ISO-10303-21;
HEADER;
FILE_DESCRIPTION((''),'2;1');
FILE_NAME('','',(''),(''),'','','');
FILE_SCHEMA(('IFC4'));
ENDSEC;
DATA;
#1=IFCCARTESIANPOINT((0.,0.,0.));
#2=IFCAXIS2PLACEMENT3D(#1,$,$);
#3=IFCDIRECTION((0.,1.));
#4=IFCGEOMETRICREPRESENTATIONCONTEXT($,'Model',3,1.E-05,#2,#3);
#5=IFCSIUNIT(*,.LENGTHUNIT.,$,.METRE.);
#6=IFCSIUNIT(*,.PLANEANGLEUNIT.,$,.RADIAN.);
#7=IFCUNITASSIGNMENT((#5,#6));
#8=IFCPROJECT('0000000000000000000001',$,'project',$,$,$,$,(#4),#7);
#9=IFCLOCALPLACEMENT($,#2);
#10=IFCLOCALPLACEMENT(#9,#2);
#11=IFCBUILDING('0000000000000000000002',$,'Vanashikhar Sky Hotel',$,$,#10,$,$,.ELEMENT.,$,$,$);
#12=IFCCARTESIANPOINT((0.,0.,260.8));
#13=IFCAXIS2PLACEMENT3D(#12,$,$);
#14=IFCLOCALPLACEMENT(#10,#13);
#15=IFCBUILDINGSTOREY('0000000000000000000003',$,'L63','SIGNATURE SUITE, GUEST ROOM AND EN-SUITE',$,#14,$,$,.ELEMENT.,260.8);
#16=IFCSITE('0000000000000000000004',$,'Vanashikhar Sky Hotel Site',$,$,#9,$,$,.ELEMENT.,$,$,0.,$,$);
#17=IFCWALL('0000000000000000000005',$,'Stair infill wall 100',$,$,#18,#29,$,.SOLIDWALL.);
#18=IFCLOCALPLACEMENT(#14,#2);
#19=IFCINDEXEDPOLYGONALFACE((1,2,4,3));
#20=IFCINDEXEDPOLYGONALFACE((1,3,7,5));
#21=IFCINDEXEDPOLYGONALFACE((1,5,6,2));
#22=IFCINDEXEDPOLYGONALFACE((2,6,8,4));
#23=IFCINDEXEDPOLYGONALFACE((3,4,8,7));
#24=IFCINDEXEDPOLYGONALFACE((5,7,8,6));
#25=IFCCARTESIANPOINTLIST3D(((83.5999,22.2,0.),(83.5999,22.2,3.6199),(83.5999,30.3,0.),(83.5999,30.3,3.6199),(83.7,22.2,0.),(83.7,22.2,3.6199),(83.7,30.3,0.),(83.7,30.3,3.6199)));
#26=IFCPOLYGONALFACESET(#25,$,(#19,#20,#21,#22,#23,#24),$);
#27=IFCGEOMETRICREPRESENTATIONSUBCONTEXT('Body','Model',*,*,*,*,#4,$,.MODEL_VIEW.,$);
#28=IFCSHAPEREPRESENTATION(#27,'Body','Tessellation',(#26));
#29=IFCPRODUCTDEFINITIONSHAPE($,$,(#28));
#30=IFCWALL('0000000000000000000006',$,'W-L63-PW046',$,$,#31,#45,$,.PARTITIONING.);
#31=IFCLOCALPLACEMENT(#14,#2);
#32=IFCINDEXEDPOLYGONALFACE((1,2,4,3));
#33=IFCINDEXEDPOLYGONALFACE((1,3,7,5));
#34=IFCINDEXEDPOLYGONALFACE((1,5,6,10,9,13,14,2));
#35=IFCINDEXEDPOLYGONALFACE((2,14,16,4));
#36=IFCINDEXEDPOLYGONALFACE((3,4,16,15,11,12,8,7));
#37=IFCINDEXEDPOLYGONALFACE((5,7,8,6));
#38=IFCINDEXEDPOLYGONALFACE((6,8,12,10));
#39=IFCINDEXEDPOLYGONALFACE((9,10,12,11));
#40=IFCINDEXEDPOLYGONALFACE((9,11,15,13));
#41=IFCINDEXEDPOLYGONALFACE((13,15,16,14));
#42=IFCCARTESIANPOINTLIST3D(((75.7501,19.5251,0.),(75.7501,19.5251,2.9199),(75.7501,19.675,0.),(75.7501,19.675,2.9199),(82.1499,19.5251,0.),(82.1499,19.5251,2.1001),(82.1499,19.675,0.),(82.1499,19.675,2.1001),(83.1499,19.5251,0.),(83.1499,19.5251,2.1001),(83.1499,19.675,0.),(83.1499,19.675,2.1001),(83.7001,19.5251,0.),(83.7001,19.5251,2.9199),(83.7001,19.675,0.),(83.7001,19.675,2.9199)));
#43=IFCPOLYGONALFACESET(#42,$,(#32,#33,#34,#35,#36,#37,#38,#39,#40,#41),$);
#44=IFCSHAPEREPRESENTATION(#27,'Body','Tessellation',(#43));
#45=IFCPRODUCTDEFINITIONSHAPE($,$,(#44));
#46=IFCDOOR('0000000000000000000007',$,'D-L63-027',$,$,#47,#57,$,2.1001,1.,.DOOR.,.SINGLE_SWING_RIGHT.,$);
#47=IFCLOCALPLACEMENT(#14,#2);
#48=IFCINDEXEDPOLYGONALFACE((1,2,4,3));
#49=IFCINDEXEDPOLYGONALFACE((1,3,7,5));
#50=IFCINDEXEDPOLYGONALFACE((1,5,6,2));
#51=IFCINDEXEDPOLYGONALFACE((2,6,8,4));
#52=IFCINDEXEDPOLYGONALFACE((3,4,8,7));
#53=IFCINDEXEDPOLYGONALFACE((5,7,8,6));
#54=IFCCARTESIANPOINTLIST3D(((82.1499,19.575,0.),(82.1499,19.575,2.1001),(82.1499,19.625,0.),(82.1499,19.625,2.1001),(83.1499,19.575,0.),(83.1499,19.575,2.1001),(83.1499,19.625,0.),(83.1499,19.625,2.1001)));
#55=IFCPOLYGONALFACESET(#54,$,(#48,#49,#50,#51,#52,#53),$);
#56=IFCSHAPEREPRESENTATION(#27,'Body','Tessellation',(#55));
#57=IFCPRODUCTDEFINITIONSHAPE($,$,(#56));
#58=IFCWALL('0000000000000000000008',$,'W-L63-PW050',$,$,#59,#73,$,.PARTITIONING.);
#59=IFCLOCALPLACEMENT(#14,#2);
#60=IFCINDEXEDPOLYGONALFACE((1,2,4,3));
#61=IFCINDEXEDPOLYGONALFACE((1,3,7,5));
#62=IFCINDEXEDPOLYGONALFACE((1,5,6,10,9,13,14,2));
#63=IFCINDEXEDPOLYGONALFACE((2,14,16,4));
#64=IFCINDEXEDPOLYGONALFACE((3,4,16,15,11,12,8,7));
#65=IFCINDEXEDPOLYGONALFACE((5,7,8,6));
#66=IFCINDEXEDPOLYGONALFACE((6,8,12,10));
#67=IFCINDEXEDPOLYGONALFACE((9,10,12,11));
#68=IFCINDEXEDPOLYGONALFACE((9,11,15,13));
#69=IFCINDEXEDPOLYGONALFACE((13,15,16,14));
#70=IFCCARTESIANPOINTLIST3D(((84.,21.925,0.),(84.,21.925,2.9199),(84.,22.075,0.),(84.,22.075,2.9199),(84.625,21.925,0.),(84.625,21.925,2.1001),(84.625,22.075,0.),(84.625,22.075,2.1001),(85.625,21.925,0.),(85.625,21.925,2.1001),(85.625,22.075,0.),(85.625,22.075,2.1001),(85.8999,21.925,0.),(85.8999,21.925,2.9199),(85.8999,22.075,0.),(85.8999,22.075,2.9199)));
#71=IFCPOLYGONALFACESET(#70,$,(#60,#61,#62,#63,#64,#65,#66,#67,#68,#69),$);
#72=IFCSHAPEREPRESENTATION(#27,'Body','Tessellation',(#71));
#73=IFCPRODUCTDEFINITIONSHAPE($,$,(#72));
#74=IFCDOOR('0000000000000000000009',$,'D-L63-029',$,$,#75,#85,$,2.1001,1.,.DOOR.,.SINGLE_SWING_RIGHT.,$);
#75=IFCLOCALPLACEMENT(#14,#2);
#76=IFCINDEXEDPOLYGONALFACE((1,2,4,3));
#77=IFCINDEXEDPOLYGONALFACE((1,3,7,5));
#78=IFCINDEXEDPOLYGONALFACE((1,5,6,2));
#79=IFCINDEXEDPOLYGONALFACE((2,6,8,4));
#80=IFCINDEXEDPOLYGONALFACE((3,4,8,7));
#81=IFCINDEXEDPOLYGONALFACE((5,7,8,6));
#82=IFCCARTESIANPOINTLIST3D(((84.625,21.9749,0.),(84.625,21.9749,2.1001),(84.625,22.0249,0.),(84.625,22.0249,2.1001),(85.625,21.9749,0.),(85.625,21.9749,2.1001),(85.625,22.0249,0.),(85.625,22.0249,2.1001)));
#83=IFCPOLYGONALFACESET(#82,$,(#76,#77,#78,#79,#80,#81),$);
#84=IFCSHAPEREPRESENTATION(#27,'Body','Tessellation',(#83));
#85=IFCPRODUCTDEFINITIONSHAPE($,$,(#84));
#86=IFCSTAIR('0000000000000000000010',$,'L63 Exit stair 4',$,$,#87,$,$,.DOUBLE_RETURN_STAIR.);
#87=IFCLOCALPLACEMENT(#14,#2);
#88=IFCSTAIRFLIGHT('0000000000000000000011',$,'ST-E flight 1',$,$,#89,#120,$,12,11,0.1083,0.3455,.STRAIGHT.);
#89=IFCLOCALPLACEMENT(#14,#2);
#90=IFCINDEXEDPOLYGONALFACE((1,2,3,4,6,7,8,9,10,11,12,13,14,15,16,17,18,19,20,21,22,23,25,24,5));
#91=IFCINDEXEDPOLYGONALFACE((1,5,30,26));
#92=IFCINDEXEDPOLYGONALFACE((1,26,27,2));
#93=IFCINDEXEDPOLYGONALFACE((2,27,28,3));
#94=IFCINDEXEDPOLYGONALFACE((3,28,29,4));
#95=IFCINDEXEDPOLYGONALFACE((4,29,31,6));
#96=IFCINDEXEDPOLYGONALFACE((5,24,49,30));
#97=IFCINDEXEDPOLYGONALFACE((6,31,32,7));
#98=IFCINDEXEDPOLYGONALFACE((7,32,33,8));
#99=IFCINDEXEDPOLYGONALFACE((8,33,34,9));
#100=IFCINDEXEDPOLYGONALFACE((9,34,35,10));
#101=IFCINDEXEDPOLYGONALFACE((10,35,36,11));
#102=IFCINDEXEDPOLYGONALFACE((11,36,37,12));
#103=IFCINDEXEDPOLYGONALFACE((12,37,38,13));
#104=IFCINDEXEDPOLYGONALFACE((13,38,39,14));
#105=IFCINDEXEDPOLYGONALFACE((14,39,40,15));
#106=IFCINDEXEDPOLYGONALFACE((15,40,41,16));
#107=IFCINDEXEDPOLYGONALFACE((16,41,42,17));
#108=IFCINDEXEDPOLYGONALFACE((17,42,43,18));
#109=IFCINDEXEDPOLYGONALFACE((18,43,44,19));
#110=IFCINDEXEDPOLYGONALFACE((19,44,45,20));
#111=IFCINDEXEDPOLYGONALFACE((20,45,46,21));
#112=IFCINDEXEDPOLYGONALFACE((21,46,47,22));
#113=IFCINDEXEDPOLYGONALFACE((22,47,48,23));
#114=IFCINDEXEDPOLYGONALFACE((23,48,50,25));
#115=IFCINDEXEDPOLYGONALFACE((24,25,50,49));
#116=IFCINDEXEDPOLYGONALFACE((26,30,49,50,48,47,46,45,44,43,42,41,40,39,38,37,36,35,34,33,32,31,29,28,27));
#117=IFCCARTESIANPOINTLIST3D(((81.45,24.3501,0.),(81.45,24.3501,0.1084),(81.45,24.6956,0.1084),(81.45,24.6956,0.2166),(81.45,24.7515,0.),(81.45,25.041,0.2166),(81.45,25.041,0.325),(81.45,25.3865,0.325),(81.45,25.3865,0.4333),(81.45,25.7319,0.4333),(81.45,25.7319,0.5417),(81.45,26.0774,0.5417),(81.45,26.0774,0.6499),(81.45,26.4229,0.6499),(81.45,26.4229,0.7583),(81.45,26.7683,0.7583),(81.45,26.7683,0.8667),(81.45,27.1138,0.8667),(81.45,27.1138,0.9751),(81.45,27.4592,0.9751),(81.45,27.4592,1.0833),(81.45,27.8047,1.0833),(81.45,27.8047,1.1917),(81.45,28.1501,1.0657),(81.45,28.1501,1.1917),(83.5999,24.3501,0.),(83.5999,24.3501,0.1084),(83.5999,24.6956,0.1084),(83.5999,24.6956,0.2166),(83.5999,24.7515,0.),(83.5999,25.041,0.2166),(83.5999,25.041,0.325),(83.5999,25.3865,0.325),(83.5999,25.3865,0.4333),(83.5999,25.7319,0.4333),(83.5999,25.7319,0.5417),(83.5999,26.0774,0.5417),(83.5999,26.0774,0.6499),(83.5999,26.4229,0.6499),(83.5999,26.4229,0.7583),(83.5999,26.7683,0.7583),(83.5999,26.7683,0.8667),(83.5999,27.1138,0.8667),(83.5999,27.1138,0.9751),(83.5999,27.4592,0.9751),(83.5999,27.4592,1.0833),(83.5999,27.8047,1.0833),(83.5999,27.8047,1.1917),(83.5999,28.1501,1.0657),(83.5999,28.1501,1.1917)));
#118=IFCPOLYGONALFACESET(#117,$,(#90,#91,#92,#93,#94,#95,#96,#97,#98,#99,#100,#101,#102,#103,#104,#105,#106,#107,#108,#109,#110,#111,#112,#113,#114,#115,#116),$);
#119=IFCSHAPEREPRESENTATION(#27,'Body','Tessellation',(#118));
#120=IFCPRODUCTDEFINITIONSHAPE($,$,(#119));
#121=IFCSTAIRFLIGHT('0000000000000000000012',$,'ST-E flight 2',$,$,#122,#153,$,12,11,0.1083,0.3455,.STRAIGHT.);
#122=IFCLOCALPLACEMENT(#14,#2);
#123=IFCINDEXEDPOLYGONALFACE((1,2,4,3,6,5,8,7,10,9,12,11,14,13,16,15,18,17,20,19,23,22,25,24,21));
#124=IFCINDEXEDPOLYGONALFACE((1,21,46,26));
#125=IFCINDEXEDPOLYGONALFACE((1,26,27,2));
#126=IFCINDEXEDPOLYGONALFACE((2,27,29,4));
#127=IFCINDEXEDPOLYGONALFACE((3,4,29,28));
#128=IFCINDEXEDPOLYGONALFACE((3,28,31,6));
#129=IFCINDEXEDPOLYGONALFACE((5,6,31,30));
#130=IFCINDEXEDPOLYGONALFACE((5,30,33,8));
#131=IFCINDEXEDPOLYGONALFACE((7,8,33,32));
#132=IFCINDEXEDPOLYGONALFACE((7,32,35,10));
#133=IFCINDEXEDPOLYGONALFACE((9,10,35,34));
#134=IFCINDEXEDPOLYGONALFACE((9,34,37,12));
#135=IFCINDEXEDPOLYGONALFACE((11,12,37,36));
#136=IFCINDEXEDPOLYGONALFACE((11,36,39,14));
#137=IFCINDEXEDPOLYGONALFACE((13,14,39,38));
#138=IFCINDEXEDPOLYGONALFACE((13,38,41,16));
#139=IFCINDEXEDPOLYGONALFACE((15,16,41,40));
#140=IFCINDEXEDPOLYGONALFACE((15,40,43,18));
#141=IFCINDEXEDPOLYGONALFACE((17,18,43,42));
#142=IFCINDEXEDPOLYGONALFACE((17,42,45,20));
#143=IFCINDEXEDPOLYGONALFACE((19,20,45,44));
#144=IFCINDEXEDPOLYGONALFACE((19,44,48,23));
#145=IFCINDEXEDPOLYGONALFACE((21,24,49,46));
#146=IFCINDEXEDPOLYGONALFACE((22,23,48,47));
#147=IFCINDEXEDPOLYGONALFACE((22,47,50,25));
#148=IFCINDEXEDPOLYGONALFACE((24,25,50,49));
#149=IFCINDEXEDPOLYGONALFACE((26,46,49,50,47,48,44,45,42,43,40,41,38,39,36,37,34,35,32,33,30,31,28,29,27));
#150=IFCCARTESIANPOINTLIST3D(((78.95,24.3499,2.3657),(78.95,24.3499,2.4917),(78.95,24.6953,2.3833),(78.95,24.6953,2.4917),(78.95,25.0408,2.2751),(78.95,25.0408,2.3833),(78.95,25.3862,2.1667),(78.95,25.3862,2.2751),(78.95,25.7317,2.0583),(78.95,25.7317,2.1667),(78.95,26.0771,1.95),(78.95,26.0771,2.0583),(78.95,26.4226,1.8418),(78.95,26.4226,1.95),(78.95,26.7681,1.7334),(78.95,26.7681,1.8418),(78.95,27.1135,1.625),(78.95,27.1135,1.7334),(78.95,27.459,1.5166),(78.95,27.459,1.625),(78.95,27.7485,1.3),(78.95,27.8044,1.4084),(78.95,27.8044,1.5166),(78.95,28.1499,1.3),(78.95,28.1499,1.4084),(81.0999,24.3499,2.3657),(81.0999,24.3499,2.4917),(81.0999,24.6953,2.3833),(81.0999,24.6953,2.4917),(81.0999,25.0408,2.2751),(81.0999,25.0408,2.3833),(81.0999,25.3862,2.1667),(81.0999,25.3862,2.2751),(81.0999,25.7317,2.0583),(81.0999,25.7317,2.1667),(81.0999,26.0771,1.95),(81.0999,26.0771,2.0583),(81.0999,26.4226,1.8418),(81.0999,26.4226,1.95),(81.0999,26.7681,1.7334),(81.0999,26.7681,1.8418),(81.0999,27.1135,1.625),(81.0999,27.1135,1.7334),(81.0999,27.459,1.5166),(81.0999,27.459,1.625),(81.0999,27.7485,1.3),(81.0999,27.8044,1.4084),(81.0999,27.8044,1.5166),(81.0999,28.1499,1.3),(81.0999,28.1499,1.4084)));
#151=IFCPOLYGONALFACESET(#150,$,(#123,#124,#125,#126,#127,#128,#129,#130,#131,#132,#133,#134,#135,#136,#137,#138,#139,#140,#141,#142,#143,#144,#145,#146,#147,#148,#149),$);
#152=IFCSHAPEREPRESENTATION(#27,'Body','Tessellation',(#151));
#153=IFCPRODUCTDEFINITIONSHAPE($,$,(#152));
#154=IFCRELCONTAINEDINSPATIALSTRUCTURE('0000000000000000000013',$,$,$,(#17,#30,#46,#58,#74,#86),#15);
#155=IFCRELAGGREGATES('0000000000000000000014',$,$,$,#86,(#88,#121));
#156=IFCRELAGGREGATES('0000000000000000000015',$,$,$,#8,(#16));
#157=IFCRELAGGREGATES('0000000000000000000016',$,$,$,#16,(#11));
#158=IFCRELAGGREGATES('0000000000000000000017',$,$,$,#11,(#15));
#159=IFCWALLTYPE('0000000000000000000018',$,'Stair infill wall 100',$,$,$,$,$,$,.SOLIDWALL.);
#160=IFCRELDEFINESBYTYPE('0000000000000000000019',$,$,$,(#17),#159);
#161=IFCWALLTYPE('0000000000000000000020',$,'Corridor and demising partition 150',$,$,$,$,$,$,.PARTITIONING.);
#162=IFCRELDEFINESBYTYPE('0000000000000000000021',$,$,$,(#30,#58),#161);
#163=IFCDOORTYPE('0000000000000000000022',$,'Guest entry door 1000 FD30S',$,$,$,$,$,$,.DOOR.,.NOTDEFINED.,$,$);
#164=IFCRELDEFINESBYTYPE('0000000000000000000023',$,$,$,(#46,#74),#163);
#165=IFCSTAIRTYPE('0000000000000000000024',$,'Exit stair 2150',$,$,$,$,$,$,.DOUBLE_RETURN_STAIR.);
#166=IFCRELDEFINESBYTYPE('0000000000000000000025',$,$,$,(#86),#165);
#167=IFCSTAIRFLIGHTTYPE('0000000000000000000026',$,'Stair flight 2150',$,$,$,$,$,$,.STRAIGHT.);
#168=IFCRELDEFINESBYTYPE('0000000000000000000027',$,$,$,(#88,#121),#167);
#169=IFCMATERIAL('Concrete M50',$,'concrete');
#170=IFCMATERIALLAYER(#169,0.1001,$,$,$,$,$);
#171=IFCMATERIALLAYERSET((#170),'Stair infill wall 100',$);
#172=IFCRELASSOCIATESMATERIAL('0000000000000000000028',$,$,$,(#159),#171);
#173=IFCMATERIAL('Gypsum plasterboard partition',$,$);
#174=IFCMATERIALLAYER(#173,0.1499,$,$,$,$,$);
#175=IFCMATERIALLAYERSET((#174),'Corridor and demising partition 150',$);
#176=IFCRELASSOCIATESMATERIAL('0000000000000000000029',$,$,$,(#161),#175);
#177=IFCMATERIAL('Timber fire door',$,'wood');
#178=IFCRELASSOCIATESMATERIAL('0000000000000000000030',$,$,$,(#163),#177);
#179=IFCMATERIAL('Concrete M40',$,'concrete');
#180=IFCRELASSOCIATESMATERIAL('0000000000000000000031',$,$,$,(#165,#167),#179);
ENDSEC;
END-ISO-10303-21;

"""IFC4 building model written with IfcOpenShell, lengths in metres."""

from ifc_helpers import new_model, si_unit, direction, frame, frame_2d, origin, place, context, subcontext, project, spatial, polyline, rectangle, outline, extrude, source, transform, mapped, material, layer, layer_set, type_object, element, fill, aggregate, save


model = new_model("IFC4")

# Units and contexts
model_context = context("Model", 3, precision=1e-05, world=origin(), true_north=direction((0.0, 1.0)))
body_context = subcontext(model_context, "Body", "Model", "MODEL_VIEW")
ifc_project = project(units=[si_unit("LENGTHUNIT", "METRE"), si_unit("PLANEANGLEUNIT", "RADIAN")], contexts=[model_context])

# Site, building, storey
site_placement = place(None, origin())
site = spatial("IfcSite", under=ifc_project, at=site_placement, Name="Vanashikhar Sky Hotel Site", CompositionType="ELEMENT", RefElevation=0.0)
building_placement = place(site_placement, origin())
building = spatial("IfcBuilding", under=site, at=building_placement, Name="Vanashikhar Sky Hotel", CompositionType="ELEMENT")
storey_placement = place(building_placement, frame((0.0, 0.0, 260.8)))
storey = spatial("IfcBuildingStorey", under=building, at=storey_placement, Name="L63", Description="SIGNATURE SUITE, GUEST ROOM AND EN-SUITE", CompositionType="ELEMENT", Elevation=260.8)

# Shared definitions
ifc_material_1 = material(Name="Concrete M50", Category="concrete")

# Wall
ifc_layer_1 = layer(ifc_material_1, 0.1001)
ifc_layer_set_1 = layer_set([ifc_layer_1], Name="Stair infill wall 100")
wall_type_1 = type_object("IfcWallType", Name="Stair infill wall 100", PredefinedType="SOLIDWALL", material=ifc_layer_set_1)
shared_shape_1 = source(origin(), body_context, "Body", "SweptSolid", [
    extrude(rectangle(XDim=8.1001, YDim=0.1001, at=frame_2d((4.05, 0.0))), origin(), (0.0, 0.0, 1.0), 3.6199),
])
wall_1_placement = place(storey_placement, frame((83.6499, 22.2, 0.0), z_axis=(0.0, 0.0, 1.0), x_axis=(0.0, 1.0, 0.0)))
element("IfcWall", 1, at=wall_1_placement, inside=storey, type_object=wall_type_1, Name="Stair infill wall 100", PredefinedType="SOLIDWALL", context=body_context, shape_type="MappedRepresentation", body=[
    mapped(shared_shape_1, transform((0.0, 0.0, 0.0), scale=1.0)),
])

# Walls, openings, doors
ifc_material_2 = material(Name="Gypsum plasterboard partition")
ifc_layer_2 = layer(ifc_material_2, 0.1499)
ifc_layer_set_2 = layer_set([ifc_layer_2], Name="Corridor and demising partition 150")
wall_type_2 = type_object("IfcWallType", Name="Corridor and demising partition 150", PredefinedType="PARTITIONING", material=ifc_layer_set_2)
shared_shape_2 = source(origin(), body_context, "Body", "SweptSolid", [
    extrude(rectangle(XDim=7.95, YDim=0.1499, at=frame_2d((3.9751, 0.0))), origin(), (0.0, 0.0, 1.0), 2.9199),
])
wall_2_placement = place(storey_placement, frame((75.75, 19.6001, 0.0), z_axis=(0.0, 0.0, 1.0), x_axis=(1.0, 0.0, 0.0)))
wall_2 = element("IfcWall", 2, at=wall_2_placement, inside=storey, type_object=wall_type_2, Name="W-L63-PW046", PredefinedType="PARTITIONING", context=body_context, shape_type="MappedRepresentation", body=[
    mapped(shared_shape_2, transform((0.0, 0.0, 0.0), scale=1.0)),
])
shared_shape_3 = source(origin(), body_context, "Body", "SweptSolid", [
    extrude(rectangle(XDim=1.0, YDim=2.1001, at=frame_2d((0.5, 1.05))), frame((0.0, 0.085, 0.0), z_axis=(0.0, -1.0, 0.0), x_axis=(1.0, 0.0, 0.0)), (0.0, 0.0, 1.0), 0.1699),
])
opening_1_placement = place(wall_2_placement, frame((6.3999, 0.0, 0.0)))
opening_1 = element("IfcOpeningElement", 3, at=opening_1_placement, cuts=wall_2, PredefinedType="OPENING", context=body_context, shape_type="MappedRepresentation", body=[
    mapped(shared_shape_3, transform((0.0, 0.0, 0.0), scale=1.0)),
])
ifc_material_3 = material(Name="Timber fire door", Category="wood")
door_type_1 = type_object("IfcDoorType", Name="Guest entry door 1000 FD30S", OperationType="NOTDEFINED", PredefinedType="DOOR", material=ifc_material_3)
shared_shape_4 = source(origin(), body_context, "Body", "SweptSolid", [
    extrude(rectangle(XDim=1.0, YDim=2.1001, at=frame_2d((0.5, 1.05))), frame((0.0, 0.0249, 0.0), z_axis=(0.0, -1.0, 0.0), x_axis=(1.0, 0.0, 0.0)), (0.0, 0.0, 1.0), 0.05),
])
door_1_placement = place(opening_1_placement, origin())
door_1 = element("IfcDoor", 4, at=door_1_placement, inside=storey, type_object=door_type_1, Name="D-L63-027", OperationType="SINGLE_SWING_RIGHT", OverallHeight=2.1001, OverallWidth=1.0, PredefinedType="DOOR", context=body_context, shape_type="MappedRepresentation", body=[
    mapped(shared_shape_4, transform((0.0, 0.0, 0.0), scale=1.0)),
])
fill(opening_1, door_1)
shared_shape_5 = source(origin(), body_context, "Body", "SweptSolid", [
    extrude(rectangle(XDim=1.8999, YDim=0.1499, at=frame_2d((0.95, 0.0))), origin(), (0.0, 0.0, 1.0), 2.9199),
])
wall_3_placement = place(storey_placement, frame((84.0, 22.0, 0.0), z_axis=(0.0, 0.0, 1.0), x_axis=(1.0, 0.0, 0.0)))
wall_3 = element("IfcWall", 5, at=wall_3_placement, inside=storey, type_object=wall_type_2, Name="W-L63-PW050", PredefinedType="PARTITIONING", context=body_context, shape_type="MappedRepresentation", body=[
    mapped(shared_shape_5, transform((0.0, 0.0, 0.0), scale=1.0)),
])
opening_2_placement = place(wall_3_placement, frame((0.625, 0.0, 0.0)))
opening_2 = element("IfcOpeningElement", 6, at=opening_2_placement, cuts=wall_3, PredefinedType="OPENING", context=body_context, shape_type="MappedRepresentation", body=[
    mapped(shared_shape_3, transform((0.0, 0.0, 0.0), scale=1.0)),
])
door_2_placement = place(opening_2_placement, origin())
door_2 = element("IfcDoor", 7, at=door_2_placement, inside=storey, type_object=door_type_1, Name="D-L63-029", OperationType="SINGLE_SWING_RIGHT", OverallHeight=2.1001, OverallWidth=1.0, PredefinedType="DOOR", context=body_context, shape_type="MappedRepresentation", body=[
    mapped(shared_shape_4, transform((0.0, 0.0, 0.0), scale=1.0)),
])
fill(opening_2, door_2)

# Stair, stair flights
ifc_material_4 = material(Name="Concrete M40", Category="concrete")
stair_type = type_object("IfcStairType", Name="Exit stair 2150", PredefinedType="DOUBLE_RETURN_STAIR", material=ifc_material_4)
stair_placement = place(storey_placement, origin())
stair = element("IfcStair", 8, at=stair_placement, inside=storey, type_object=stair_type, Name="L63 Exit stair 4", PredefinedType="DOUBLE_RETURN_STAIR")
stair_flight_type = type_object("IfcStairFlightType", Name="Stair flight 2150", PredefinedType="STRAIGHT", material=ifc_material_4)
shared_shape_6 = source(origin(), body_context, "Body", "SweptSolid", [
    extrude(outline(polyline([(0.0, 0.0), (0.0, 0.1084), (0.3455, 0.1084), (0.3455, 0.2166), (0.6909, 0.2166), (0.6909, 0.325), (1.0364, 0.325), (1.0364, 0.4333), (1.3818, 0.4333), (1.3818, 0.5417), (1.7273, 0.5417), (1.7273, 0.6499), (2.0728, 0.6499), (2.0728, 0.7583), (2.4182, 0.7583), (2.4182, 0.8667), (2.7637, 0.8667), (2.7637, 0.9751), (3.1091, 0.9751), (3.1091, 1.0833), (3.4546, 1.0833), (3.4546, 1.1917), (3.8, 1.1917), (3.8, 1.3), (3.8, 1.0657), (0.4014, 0.0), (0.0, 0.0)])), frame((0.0, 1.075, 0.0), z_axis=(0.0, -1.0, 0.0), x_axis=(1.0, 0.0, 0.0)), (0.0, 0.0, 1.0), 2.1499),
])
stair_flight_1_placement = place(storey_placement, frame((82.5249, 24.3501, 0.0), z_axis=(0.0, 0.0, 1.0), x_axis=(0.0, 1.0, 0.0)))
stair_flight_1 = element("IfcStairFlight", 9, at=stair_flight_1_placement, type_object=stair_flight_type, Name="ST-E flight 1", NumberOfRisers=12, NumberOfTreads=11, PredefinedType="STRAIGHT", RiserHeight=0.1083, TreadLength=0.3455, context=body_context, shape_type="MappedRepresentation", body=[
    mapped(shared_shape_6, transform((0.0, 0.0, 0.0), scale=1.0)),
])
stair_flight_2_placement = place(storey_placement, frame((80.0249, 28.1499, 1.3), z_axis=(0.0, 0.0, 1.0), x_axis=(0.0, -1.0, 0.0)))
stair_flight_2 = element("IfcStairFlight", 10, at=stair_flight_2_placement, type_object=stair_flight_type, Name="ST-E flight 2", NumberOfRisers=12, NumberOfTreads=11, PredefinedType="STRAIGHT", RiserHeight=0.1083, TreadLength=0.3455, context=body_context, shape_type="MappedRepresentation", body=[
    mapped(shared_shape_6, transform((0.0, 0.0, 0.0), scale=1.0)),
])
aggregate(stair, [stair_flight_1, stair_flight_2])

save(model, "model.ifc")
